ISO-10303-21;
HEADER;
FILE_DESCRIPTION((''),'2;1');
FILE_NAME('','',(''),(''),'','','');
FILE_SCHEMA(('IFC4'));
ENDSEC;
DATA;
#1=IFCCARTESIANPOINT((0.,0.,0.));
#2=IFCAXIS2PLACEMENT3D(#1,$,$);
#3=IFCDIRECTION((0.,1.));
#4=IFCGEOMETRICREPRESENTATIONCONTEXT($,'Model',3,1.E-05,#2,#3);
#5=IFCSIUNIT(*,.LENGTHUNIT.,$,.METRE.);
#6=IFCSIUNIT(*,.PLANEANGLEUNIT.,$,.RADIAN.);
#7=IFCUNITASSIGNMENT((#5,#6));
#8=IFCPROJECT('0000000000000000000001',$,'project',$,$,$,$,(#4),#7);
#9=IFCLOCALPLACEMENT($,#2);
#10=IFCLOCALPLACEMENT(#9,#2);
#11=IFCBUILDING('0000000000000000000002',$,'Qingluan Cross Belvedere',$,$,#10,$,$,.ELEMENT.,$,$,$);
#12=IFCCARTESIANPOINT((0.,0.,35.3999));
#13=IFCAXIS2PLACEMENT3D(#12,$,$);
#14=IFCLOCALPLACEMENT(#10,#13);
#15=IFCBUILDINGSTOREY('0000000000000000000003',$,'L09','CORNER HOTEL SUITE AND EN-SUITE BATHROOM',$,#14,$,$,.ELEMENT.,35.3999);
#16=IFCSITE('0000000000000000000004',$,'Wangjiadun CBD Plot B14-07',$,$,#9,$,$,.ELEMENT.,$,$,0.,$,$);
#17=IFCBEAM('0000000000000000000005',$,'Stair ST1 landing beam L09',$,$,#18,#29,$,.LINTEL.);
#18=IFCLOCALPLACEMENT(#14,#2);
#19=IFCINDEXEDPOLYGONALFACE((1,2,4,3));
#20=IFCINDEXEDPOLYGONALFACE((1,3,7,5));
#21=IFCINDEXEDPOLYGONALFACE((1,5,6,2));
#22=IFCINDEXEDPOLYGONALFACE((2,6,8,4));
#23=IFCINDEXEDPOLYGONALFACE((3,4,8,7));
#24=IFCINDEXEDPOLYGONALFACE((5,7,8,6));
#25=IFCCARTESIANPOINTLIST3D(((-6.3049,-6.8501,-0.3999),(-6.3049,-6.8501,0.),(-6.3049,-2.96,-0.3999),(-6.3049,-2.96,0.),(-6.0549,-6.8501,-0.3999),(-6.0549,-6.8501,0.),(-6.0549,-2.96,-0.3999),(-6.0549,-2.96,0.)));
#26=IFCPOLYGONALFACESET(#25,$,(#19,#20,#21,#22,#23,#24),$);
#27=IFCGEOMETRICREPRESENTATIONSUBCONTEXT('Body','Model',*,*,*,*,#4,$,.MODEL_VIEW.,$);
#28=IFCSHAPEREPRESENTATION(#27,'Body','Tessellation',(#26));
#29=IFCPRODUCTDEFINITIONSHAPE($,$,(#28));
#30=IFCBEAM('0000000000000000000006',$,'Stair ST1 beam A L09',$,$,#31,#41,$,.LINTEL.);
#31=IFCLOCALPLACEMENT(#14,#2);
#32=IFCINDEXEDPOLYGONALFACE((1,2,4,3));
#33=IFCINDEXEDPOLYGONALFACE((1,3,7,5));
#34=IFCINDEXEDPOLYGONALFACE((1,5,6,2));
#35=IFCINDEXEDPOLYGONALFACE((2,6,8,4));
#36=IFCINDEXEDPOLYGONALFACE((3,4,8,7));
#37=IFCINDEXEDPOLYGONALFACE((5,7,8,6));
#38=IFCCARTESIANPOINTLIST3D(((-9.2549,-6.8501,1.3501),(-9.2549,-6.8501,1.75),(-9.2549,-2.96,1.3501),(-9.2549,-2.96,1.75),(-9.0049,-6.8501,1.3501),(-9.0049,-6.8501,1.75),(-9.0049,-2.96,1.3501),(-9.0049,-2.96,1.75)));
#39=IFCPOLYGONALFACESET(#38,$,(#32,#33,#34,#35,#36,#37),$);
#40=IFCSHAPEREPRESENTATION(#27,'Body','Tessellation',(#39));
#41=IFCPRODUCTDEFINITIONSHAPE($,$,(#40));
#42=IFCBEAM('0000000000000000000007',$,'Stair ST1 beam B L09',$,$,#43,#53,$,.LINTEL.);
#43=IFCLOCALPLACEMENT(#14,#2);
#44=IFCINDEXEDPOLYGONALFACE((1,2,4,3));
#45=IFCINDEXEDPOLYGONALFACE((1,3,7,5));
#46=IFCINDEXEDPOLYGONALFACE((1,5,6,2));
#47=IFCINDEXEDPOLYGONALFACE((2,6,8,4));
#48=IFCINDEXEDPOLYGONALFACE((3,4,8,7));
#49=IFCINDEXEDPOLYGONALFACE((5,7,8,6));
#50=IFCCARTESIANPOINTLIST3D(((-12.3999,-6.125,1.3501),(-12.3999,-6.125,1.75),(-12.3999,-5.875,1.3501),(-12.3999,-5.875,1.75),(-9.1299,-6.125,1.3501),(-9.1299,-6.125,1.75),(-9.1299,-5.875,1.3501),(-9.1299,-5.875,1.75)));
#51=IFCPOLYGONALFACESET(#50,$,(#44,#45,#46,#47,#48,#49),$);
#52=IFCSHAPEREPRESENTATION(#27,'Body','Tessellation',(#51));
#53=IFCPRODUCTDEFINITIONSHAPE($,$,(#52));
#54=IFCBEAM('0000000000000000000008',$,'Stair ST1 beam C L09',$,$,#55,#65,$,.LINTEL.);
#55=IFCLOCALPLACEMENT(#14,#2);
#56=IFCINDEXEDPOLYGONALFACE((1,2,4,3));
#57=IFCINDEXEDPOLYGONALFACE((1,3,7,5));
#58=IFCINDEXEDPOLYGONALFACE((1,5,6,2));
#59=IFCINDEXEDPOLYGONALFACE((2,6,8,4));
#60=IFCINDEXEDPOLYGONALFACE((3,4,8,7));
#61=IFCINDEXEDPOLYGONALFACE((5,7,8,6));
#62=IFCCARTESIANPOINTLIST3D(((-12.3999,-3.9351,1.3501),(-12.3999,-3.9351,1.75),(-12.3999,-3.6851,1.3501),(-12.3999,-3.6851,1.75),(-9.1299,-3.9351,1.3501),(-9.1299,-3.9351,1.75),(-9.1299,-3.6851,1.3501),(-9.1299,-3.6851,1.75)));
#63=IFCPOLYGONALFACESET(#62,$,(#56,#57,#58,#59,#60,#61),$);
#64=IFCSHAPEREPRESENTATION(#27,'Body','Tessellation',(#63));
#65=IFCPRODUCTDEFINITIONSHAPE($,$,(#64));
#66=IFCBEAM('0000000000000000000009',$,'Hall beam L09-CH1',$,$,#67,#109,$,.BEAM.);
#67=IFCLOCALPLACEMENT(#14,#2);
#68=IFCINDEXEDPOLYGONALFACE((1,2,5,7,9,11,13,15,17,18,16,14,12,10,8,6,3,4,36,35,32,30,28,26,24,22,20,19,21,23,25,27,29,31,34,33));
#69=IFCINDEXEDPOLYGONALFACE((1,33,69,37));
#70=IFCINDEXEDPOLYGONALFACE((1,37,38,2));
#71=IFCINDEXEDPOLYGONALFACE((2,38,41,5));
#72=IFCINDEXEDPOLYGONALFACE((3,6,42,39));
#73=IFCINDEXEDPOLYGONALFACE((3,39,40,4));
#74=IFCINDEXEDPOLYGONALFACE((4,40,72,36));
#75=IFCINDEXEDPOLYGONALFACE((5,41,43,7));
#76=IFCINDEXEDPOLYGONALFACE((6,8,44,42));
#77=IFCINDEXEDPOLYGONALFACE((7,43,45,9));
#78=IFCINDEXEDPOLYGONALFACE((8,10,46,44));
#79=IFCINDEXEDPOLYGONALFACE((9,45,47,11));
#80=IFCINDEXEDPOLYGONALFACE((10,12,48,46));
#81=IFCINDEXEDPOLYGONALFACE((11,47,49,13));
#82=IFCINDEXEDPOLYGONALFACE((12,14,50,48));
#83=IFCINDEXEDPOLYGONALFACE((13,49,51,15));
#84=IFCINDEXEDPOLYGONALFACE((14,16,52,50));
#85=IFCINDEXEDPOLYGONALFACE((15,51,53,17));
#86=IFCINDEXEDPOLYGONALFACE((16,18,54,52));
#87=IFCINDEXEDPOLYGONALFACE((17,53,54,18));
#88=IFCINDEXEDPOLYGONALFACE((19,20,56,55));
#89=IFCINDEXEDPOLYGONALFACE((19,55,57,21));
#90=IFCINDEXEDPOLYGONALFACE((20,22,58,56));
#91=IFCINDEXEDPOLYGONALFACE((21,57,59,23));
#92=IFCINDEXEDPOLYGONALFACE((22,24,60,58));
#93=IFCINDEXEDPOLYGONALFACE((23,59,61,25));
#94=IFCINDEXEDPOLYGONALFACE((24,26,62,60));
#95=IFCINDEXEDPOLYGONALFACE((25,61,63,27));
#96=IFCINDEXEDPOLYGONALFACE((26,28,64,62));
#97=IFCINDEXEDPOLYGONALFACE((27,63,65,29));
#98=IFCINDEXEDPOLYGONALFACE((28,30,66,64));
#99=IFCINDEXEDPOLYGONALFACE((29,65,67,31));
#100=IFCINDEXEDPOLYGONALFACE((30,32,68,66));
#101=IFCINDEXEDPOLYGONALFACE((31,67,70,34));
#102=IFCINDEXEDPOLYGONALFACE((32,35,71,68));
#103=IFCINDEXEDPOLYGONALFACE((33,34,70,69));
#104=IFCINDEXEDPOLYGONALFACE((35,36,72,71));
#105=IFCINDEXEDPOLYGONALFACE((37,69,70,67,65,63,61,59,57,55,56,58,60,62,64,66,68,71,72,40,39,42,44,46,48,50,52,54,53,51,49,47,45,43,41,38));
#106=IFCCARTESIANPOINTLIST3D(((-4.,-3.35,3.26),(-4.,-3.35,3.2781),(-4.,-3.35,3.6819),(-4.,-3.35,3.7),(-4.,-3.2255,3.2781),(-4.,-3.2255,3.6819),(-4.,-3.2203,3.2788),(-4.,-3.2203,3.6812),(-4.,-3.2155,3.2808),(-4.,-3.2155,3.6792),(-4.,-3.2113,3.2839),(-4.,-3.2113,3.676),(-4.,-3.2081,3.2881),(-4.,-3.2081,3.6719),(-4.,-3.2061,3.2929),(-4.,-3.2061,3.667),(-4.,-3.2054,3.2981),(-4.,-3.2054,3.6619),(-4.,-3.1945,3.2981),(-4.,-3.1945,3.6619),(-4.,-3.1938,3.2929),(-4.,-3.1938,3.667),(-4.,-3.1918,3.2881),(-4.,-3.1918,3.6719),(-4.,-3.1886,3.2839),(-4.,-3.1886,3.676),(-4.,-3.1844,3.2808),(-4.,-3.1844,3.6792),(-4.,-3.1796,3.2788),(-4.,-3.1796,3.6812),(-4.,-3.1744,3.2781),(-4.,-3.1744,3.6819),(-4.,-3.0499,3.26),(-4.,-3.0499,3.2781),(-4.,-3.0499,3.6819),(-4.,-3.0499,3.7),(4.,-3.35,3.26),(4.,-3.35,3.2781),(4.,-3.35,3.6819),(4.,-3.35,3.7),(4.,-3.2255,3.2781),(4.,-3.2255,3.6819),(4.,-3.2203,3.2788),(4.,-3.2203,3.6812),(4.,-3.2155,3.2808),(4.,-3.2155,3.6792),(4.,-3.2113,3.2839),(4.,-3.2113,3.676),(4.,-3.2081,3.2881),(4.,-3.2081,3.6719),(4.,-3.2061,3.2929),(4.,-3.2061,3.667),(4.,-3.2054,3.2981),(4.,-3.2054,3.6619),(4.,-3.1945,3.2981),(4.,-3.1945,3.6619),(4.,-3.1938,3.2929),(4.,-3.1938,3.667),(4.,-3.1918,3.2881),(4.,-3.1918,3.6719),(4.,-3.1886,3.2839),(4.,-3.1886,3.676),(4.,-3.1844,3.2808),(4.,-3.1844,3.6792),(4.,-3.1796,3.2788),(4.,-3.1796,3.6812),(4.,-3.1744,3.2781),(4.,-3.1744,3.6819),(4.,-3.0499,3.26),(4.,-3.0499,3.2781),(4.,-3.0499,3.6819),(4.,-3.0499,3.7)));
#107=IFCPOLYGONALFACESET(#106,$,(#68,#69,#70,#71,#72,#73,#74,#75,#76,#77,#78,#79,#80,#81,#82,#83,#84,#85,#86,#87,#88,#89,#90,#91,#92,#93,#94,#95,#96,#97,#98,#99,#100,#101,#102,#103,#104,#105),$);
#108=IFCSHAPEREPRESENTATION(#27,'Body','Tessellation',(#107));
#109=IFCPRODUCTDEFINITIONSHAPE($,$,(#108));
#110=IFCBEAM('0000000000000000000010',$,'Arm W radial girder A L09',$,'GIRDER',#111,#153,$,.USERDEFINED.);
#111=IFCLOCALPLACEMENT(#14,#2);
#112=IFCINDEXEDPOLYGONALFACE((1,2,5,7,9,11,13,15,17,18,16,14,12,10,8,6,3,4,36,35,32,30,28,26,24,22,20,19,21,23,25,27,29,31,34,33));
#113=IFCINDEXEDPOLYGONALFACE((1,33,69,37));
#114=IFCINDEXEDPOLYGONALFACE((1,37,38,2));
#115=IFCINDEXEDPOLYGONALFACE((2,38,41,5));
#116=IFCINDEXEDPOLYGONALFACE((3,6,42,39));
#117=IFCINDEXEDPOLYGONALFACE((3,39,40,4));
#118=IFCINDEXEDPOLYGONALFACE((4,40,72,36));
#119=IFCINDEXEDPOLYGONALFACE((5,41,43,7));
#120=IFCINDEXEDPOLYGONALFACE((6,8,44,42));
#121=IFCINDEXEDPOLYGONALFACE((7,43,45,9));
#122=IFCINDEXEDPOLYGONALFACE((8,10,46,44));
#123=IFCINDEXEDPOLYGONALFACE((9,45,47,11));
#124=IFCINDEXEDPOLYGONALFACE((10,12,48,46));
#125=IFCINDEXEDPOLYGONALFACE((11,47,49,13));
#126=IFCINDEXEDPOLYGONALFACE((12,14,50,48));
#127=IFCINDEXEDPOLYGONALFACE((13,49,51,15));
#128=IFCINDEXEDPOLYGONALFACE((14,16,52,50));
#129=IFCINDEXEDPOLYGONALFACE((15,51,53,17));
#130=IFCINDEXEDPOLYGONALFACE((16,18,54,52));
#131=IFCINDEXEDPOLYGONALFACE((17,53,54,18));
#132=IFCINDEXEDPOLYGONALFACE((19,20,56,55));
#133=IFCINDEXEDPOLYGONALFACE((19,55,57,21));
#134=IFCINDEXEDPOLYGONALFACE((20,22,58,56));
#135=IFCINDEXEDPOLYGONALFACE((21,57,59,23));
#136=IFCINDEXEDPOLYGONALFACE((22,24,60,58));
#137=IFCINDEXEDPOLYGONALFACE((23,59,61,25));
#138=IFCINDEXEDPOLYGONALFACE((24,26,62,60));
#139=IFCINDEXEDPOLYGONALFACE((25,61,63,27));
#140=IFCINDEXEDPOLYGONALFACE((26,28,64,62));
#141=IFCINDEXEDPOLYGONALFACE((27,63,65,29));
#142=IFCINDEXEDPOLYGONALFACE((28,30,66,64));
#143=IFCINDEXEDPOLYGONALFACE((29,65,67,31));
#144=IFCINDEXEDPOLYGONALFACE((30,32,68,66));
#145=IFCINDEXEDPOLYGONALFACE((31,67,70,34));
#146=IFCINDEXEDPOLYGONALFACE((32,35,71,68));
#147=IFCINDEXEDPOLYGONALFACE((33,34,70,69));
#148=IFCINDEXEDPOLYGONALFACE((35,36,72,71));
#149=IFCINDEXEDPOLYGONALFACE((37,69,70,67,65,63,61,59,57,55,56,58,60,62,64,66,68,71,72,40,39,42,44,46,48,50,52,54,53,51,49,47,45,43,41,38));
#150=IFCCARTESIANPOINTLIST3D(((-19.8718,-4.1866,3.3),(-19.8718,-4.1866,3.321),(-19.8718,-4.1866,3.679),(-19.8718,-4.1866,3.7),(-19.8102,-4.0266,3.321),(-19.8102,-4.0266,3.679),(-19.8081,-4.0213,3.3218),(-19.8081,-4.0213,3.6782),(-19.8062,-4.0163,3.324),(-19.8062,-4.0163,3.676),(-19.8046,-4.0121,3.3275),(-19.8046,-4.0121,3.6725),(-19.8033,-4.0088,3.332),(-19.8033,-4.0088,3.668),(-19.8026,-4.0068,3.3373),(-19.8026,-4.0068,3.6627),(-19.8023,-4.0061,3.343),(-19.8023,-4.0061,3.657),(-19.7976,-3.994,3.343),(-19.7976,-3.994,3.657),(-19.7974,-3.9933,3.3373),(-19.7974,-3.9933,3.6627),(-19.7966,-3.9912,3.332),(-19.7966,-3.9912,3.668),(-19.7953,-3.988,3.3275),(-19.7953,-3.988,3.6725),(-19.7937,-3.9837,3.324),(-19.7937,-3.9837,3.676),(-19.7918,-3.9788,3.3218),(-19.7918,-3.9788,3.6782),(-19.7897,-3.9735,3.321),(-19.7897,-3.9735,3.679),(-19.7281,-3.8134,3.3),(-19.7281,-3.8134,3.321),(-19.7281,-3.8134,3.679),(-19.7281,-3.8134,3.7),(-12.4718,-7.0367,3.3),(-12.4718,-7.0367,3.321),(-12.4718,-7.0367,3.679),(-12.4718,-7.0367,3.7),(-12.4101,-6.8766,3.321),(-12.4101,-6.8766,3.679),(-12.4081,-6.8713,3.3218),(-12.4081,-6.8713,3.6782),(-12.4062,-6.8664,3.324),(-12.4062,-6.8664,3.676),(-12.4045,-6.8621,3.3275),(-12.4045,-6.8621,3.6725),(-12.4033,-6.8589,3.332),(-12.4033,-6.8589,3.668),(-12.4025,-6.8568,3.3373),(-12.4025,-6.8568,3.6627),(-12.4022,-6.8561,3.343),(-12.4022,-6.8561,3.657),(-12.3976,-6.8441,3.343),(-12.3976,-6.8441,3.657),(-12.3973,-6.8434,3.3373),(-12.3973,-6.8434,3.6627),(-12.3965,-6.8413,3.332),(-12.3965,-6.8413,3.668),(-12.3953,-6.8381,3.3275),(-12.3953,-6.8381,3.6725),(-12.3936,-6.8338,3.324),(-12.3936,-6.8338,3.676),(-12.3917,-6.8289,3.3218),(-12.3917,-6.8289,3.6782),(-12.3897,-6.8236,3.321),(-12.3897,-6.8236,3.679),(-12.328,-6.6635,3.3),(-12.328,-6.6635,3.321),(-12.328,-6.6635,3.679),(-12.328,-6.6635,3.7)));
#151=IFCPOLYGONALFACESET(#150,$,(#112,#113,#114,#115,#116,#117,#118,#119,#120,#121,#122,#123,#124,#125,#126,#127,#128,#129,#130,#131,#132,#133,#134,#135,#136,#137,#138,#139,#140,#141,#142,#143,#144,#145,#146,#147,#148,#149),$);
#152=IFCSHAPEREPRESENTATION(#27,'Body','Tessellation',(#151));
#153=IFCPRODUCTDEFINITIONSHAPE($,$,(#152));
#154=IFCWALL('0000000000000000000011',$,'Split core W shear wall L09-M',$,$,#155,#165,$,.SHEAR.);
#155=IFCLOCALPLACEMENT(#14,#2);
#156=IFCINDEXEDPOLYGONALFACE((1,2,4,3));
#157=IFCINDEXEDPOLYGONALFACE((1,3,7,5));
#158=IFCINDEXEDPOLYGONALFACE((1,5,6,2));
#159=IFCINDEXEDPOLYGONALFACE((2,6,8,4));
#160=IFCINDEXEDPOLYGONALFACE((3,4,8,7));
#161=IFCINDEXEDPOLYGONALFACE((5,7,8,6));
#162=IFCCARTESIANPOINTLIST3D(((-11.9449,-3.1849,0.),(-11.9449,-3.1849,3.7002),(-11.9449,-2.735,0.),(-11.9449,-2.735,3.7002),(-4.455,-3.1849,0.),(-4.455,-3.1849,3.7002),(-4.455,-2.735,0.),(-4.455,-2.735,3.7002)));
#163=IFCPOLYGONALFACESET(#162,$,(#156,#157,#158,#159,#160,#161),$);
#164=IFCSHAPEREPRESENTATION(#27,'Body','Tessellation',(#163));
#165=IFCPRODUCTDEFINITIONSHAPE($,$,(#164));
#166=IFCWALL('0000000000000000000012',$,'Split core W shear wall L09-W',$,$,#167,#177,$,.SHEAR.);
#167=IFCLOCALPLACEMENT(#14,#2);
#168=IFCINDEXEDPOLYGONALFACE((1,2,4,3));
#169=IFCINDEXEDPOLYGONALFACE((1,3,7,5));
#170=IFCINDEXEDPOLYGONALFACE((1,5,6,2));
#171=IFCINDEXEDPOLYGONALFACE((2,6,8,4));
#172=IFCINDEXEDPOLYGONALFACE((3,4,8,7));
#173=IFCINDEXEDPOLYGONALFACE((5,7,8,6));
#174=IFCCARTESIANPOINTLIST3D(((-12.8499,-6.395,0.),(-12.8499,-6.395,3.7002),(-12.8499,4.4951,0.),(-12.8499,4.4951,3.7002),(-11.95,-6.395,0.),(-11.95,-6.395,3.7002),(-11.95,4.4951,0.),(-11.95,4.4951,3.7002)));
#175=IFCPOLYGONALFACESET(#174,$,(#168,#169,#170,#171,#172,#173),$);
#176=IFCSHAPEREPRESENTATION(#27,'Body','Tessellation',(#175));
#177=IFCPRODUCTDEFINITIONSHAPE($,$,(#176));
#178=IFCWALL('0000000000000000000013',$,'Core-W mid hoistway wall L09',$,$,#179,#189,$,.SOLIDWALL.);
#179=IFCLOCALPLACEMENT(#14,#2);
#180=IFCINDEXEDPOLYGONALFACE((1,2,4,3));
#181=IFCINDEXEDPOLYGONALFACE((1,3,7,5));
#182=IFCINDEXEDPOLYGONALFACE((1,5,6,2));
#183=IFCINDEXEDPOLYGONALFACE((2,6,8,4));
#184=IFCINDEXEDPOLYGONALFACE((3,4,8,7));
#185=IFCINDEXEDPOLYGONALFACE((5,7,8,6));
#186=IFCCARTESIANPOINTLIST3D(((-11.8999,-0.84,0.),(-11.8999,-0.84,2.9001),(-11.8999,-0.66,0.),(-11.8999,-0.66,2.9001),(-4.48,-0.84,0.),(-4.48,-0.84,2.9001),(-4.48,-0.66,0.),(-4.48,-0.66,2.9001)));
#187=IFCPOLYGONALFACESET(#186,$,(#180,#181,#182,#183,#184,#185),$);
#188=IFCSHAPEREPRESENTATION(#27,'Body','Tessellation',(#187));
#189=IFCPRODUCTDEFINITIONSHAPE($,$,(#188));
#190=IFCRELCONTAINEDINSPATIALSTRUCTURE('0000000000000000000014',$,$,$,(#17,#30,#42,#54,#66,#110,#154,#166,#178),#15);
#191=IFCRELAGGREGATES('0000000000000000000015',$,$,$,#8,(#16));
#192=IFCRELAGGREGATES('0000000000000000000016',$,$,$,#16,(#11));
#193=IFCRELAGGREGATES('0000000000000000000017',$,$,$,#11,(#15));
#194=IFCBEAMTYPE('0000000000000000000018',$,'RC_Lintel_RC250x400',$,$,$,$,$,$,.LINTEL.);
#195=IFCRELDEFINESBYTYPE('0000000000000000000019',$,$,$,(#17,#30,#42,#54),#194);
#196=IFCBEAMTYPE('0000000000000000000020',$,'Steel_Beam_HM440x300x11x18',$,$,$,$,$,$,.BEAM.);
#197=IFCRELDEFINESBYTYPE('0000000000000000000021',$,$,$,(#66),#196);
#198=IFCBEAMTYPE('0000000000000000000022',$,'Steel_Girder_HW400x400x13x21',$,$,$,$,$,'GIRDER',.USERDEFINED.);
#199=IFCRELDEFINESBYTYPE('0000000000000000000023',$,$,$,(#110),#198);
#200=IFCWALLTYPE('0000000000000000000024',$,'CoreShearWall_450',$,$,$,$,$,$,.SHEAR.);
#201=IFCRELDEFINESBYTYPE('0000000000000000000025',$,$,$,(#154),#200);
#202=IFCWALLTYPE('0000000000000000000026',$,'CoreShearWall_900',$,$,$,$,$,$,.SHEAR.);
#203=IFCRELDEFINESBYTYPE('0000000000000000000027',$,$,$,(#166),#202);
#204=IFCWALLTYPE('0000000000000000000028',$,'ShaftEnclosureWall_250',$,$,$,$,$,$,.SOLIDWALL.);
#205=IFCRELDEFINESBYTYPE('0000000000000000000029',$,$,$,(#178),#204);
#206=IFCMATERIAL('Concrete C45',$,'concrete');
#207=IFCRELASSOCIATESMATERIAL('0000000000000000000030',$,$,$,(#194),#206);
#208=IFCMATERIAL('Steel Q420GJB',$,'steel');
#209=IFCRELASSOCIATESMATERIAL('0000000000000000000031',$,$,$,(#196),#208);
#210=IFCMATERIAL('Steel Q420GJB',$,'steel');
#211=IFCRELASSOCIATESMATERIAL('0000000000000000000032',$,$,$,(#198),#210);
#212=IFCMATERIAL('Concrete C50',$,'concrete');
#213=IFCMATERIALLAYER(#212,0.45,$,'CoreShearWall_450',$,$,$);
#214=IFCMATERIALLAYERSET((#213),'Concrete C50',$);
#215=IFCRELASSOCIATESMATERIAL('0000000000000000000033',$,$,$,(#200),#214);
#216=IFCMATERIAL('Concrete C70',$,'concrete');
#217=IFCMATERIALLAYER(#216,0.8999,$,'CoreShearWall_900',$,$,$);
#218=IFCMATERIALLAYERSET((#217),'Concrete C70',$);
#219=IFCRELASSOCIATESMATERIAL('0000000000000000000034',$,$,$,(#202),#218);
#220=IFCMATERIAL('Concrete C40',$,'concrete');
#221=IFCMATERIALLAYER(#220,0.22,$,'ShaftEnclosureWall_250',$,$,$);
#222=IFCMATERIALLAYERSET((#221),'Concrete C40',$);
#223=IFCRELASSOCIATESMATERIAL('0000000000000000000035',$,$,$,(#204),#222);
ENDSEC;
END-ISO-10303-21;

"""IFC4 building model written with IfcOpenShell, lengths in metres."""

from ifc_helpers import new_model, si_unit, direction, frame, frame_2d, origin, origin_2d, place, context, subcontext, project, spatial, rectangle, i_section, extrude, material, layer, layer_set, material_profile, profile_set, type_object, element, save


model = new_model("IFC4")

# Units and contexts
model_context = context("Model", 3, precision=1e-05, world=origin(), true_north=direction((0.0, 1.0)))
body_context = subcontext(model_context, "Body", "Model", "MODEL_VIEW")
ifc_project = project(units=[si_unit("LENGTHUNIT", "METRE"), si_unit("PLANEANGLEUNIT", "RADIAN")], contexts=[model_context])

# Site, building, storey
site_placement = place(None, origin())
site = spatial("IfcSite", under=ifc_project, at=site_placement, Name="Wangjiadun CBD Plot B14-07", CompositionType="ELEMENT", RefElevation=0.0)
building_placement = place(site_placement, origin())
building = spatial("IfcBuilding", under=site, at=building_placement, Name="Qingluan Cross Belvedere", CompositionType="ELEMENT")
storey_placement = place(building_placement, frame((0.0, 0.0, 35.3999)))
storey = spatial("IfcBuildingStorey", under=building, at=storey_placement, Name="L09", Description="CORNER HOTEL SUITE AND EN-SUITE BATHROOM", CompositionType="ELEMENT", Elevation=35.3999)

# Beams
ifc_material_1 = material(Name="Concrete C45", Category="concrete")
ifc_material_profile_1 = material_profile(ifc_material_1, rectangle(XDim=0.25, YDim=0.3999, at=origin_2d()), Name="RC250x400")
ifc_profile_set_1 = profile_set([ifc_material_profile_1], Name="Concrete C45")
beam_type_1 = type_object("IfcBeamType", Name="RC_Lintel_RC250x400", PredefinedType="LINTEL", material=ifc_profile_set_1)
for number, where, z_axis, x_axis, name in (
    (1, (-6.1799, -6.8501, -0.2), (0.0, 1.0, 0.0), (-1.0, 0.0, 0.0), "Stair ST1 landing beam L09"),
    (2, (-9.1299, -6.8501, 1.55), (0.0, 1.0, 0.0), (-1.0, 0.0, 0.0), "Stair ST1 beam A L09"),
):
    element("IfcBeam", number, at=place(storey_placement, frame(where, z_axis=z_axis, x_axis=x_axis)), inside=storey, type_object=beam_type_1, Name=name, PredefinedType="LINTEL", context=body_context, shape_type="SweptSolid", body=[
        extrude(rectangle(XDim=0.25, YDim=0.3999, at=origin_2d()), origin(), (0.0, 0.0, 1.0), 3.8901),
    ])
for number, where, z_axis, x_axis, name in (
    (3, (-12.3999, -6.0, 1.55), (1.0, 0.0, 0.0), (0.0, 1.0, 0.0), "Stair ST1 beam B L09"),
    (4, (-12.3999, -3.8101, 1.55), (1.0, 0.0, 0.0), (0.0, 1.0, 0.0), "Stair ST1 beam C L09"),
):
    element("IfcBeam", number, at=place(storey_placement, frame(where, z_axis=z_axis, x_axis=x_axis)), inside=storey, type_object=beam_type_1, Name=name, PredefinedType="LINTEL", context=body_context, shape_type="SweptSolid", body=[
        extrude(rectangle(XDim=0.25, YDim=0.3999, at=origin_2d()), origin(), (0.0, 0.0, 1.0), 3.27),
    ])
ifc_material_2 = material(Name="Steel Q420GJB", Category="steel")
ifc_material_profile_2 = material_profile(ifc_material_2, i_section(OverallWidth=0.3, OverallDepth=0.4399, WebThickness=0.011, FlangeThickness=0.0181, FilletRadius=0.02, at=origin_2d()), Name="HM440x300x11x18")
ifc_profile_set_2 = profile_set([ifc_material_profile_2], Name="Steel Q420GJB")
beam_type_2 = type_object("IfcBeamType", Name="Steel_Beam_HM440x300x11x18", PredefinedType="BEAM", material=ifc_profile_set_2)
beam_1_placement = place(storey_placement, frame((-4.0, -3.2, 3.48), z_axis=(1.0, 0.0, 0.0), x_axis=(0.0, 1.0, 0.0)))
element("IfcBeam", 5, at=beam_1_placement, inside=storey, type_object=beam_type_2, Name="Hall beam L09-CH1", PredefinedType="BEAM", context=body_context, shape_type="SweptSolid", body=[
    extrude(i_section(OverallWidth=0.3, OverallDepth=0.4399, WebThickness=0.011, FlangeThickness=0.0181, FilletRadius=0.02, at=origin_2d()), origin(), (0.0, 0.0, 1.0), 8.0),
])
ifc_material_3 = material(Name="Steel Q420GJB", Category="steel")
ifc_material_profile_3 = material_profile(ifc_material_3, i_section(OverallWidth=0.3999, OverallDepth=0.3999, WebThickness=0.0129, FlangeThickness=0.021, FilletRadius=0.022, at=origin_2d()), Name="HW400x400x13x21")
ifc_profile_set_3 = profile_set([ifc_material_profile_3], Name="Steel Q420GJB")
beam_type_3 = type_object("IfcBeamType", Name="Steel_Girder_HW400x400x13x21", ElementType="GIRDER", PredefinedType="USERDEFINED", material=ifc_profile_set_3)
beam_2_placement = place(storey_placement, frame((-12.3999, -6.8501, 3.5), z_axis=(-0.933181, 0.359406, 0.0), x_axis=(-0.359406, -0.933181, 0.0)))
element("IfcBeam", 6, at=beam_2_placement, inside=storey, type_object=beam_type_3, Name="Arm W radial girder A L09", ObjectType="GIRDER", PredefinedType="USERDEFINED", context=body_context, shape_type="SweptSolid", body=[
    extrude(i_section(OverallWidth=0.3999, OverallDepth=0.3999, WebThickness=0.0129, FlangeThickness=0.021, FilletRadius=0.022, at=origin_2d()), origin(), (0.0, 0.0, 1.0), 7.9299),
])

# Walls
ifc_material_4 = material(Name="Concrete C50", Category="concrete")
ifc_layer_1 = layer(ifc_material_4, 0.45, Name="CoreShearWall_450")
ifc_layer_set_1 = layer_set([ifc_layer_1], Name="Concrete C50")
wall_type_1 = type_object("IfcWallType", Name="CoreShearWall_450", PredefinedType="SHEAR", material=ifc_layer_set_1)
wall_1_placement = place(storey_placement, frame((-11.9451, -2.96, 0.0), z_axis=(0.0, 0.0, 1.0), x_axis=(1.0, 0.0, 0.0)))
element("IfcWall", 7, at=wall_1_placement, inside=storey, type_object=wall_type_1, Name="Split core W shear wall L09-M", PredefinedType="SHEAR", context=body_context, shape_type="SweptSolid", body=[
    extrude(rectangle(XDim=7.49, YDim=0.45, at=frame_2d((3.7451, 0.0))), origin(), (0.0, 0.0, 1.0), 3.7002),
])
ifc_material_5 = material(Name="Concrete C70", Category="concrete")
ifc_layer_2 = layer(ifc_material_5, 0.8999, Name="CoreShearWall_900")
ifc_layer_set_2 = layer_set([ifc_layer_2], Name="Concrete C70")
wall_type_2 = type_object("IfcWallType", Name="CoreShearWall_900", PredefinedType="SHEAR", material=ifc_layer_set_2)
wall_2_placement = place(storey_placement, frame((-12.3999, -6.395, 0.0), z_axis=(0.0, 0.0, 1.0), x_axis=(0.0, 1.0, 0.0)))
element("IfcWall", 8, at=wall_2_placement, inside=storey, type_object=wall_type_2, Name="Split core W shear wall L09-W", PredefinedType="SHEAR", context=body_context, shape_type="SweptSolid", body=[
    extrude(rectangle(XDim=10.8901, YDim=0.8999, at=frame_2d((5.4451, 0.0))), origin(), (0.0, 0.0, 1.0), 3.7002),
])

# Wall
ifc_material_6 = material(Name="Concrete C40", Category="concrete")
ifc_layer_3 = layer(ifc_material_6, 0.22, Name="ShaftEnclosureWall_250")
ifc_layer_set_3 = layer_set([ifc_layer_3], Name="Concrete C40")
wall_type_3 = type_object("IfcWallType", Name="ShaftEnclosureWall_250", PredefinedType="SOLIDWALL", material=ifc_layer_set_3)
wall_3_placement = place(storey_placement, frame((-11.8999, -0.75, 0.0), z_axis=(0.0, 0.0, 1.0), x_axis=(1.0, 0.0, 0.0)))
element("IfcWall", 9, at=wall_3_placement, inside=storey, type_object=wall_type_3, Name="Core-W mid hoistway wall L09", PredefinedType="SOLIDWALL", context=body_context, shape_type="SweptSolid", body=[
    extrude(rectangle(XDim=7.4199, YDim=0.1799, at=frame_2d((3.71, 0.0))), origin(), (0.0, 0.0, 1.0), 2.9001),
])

save(model, "model.ifc")
